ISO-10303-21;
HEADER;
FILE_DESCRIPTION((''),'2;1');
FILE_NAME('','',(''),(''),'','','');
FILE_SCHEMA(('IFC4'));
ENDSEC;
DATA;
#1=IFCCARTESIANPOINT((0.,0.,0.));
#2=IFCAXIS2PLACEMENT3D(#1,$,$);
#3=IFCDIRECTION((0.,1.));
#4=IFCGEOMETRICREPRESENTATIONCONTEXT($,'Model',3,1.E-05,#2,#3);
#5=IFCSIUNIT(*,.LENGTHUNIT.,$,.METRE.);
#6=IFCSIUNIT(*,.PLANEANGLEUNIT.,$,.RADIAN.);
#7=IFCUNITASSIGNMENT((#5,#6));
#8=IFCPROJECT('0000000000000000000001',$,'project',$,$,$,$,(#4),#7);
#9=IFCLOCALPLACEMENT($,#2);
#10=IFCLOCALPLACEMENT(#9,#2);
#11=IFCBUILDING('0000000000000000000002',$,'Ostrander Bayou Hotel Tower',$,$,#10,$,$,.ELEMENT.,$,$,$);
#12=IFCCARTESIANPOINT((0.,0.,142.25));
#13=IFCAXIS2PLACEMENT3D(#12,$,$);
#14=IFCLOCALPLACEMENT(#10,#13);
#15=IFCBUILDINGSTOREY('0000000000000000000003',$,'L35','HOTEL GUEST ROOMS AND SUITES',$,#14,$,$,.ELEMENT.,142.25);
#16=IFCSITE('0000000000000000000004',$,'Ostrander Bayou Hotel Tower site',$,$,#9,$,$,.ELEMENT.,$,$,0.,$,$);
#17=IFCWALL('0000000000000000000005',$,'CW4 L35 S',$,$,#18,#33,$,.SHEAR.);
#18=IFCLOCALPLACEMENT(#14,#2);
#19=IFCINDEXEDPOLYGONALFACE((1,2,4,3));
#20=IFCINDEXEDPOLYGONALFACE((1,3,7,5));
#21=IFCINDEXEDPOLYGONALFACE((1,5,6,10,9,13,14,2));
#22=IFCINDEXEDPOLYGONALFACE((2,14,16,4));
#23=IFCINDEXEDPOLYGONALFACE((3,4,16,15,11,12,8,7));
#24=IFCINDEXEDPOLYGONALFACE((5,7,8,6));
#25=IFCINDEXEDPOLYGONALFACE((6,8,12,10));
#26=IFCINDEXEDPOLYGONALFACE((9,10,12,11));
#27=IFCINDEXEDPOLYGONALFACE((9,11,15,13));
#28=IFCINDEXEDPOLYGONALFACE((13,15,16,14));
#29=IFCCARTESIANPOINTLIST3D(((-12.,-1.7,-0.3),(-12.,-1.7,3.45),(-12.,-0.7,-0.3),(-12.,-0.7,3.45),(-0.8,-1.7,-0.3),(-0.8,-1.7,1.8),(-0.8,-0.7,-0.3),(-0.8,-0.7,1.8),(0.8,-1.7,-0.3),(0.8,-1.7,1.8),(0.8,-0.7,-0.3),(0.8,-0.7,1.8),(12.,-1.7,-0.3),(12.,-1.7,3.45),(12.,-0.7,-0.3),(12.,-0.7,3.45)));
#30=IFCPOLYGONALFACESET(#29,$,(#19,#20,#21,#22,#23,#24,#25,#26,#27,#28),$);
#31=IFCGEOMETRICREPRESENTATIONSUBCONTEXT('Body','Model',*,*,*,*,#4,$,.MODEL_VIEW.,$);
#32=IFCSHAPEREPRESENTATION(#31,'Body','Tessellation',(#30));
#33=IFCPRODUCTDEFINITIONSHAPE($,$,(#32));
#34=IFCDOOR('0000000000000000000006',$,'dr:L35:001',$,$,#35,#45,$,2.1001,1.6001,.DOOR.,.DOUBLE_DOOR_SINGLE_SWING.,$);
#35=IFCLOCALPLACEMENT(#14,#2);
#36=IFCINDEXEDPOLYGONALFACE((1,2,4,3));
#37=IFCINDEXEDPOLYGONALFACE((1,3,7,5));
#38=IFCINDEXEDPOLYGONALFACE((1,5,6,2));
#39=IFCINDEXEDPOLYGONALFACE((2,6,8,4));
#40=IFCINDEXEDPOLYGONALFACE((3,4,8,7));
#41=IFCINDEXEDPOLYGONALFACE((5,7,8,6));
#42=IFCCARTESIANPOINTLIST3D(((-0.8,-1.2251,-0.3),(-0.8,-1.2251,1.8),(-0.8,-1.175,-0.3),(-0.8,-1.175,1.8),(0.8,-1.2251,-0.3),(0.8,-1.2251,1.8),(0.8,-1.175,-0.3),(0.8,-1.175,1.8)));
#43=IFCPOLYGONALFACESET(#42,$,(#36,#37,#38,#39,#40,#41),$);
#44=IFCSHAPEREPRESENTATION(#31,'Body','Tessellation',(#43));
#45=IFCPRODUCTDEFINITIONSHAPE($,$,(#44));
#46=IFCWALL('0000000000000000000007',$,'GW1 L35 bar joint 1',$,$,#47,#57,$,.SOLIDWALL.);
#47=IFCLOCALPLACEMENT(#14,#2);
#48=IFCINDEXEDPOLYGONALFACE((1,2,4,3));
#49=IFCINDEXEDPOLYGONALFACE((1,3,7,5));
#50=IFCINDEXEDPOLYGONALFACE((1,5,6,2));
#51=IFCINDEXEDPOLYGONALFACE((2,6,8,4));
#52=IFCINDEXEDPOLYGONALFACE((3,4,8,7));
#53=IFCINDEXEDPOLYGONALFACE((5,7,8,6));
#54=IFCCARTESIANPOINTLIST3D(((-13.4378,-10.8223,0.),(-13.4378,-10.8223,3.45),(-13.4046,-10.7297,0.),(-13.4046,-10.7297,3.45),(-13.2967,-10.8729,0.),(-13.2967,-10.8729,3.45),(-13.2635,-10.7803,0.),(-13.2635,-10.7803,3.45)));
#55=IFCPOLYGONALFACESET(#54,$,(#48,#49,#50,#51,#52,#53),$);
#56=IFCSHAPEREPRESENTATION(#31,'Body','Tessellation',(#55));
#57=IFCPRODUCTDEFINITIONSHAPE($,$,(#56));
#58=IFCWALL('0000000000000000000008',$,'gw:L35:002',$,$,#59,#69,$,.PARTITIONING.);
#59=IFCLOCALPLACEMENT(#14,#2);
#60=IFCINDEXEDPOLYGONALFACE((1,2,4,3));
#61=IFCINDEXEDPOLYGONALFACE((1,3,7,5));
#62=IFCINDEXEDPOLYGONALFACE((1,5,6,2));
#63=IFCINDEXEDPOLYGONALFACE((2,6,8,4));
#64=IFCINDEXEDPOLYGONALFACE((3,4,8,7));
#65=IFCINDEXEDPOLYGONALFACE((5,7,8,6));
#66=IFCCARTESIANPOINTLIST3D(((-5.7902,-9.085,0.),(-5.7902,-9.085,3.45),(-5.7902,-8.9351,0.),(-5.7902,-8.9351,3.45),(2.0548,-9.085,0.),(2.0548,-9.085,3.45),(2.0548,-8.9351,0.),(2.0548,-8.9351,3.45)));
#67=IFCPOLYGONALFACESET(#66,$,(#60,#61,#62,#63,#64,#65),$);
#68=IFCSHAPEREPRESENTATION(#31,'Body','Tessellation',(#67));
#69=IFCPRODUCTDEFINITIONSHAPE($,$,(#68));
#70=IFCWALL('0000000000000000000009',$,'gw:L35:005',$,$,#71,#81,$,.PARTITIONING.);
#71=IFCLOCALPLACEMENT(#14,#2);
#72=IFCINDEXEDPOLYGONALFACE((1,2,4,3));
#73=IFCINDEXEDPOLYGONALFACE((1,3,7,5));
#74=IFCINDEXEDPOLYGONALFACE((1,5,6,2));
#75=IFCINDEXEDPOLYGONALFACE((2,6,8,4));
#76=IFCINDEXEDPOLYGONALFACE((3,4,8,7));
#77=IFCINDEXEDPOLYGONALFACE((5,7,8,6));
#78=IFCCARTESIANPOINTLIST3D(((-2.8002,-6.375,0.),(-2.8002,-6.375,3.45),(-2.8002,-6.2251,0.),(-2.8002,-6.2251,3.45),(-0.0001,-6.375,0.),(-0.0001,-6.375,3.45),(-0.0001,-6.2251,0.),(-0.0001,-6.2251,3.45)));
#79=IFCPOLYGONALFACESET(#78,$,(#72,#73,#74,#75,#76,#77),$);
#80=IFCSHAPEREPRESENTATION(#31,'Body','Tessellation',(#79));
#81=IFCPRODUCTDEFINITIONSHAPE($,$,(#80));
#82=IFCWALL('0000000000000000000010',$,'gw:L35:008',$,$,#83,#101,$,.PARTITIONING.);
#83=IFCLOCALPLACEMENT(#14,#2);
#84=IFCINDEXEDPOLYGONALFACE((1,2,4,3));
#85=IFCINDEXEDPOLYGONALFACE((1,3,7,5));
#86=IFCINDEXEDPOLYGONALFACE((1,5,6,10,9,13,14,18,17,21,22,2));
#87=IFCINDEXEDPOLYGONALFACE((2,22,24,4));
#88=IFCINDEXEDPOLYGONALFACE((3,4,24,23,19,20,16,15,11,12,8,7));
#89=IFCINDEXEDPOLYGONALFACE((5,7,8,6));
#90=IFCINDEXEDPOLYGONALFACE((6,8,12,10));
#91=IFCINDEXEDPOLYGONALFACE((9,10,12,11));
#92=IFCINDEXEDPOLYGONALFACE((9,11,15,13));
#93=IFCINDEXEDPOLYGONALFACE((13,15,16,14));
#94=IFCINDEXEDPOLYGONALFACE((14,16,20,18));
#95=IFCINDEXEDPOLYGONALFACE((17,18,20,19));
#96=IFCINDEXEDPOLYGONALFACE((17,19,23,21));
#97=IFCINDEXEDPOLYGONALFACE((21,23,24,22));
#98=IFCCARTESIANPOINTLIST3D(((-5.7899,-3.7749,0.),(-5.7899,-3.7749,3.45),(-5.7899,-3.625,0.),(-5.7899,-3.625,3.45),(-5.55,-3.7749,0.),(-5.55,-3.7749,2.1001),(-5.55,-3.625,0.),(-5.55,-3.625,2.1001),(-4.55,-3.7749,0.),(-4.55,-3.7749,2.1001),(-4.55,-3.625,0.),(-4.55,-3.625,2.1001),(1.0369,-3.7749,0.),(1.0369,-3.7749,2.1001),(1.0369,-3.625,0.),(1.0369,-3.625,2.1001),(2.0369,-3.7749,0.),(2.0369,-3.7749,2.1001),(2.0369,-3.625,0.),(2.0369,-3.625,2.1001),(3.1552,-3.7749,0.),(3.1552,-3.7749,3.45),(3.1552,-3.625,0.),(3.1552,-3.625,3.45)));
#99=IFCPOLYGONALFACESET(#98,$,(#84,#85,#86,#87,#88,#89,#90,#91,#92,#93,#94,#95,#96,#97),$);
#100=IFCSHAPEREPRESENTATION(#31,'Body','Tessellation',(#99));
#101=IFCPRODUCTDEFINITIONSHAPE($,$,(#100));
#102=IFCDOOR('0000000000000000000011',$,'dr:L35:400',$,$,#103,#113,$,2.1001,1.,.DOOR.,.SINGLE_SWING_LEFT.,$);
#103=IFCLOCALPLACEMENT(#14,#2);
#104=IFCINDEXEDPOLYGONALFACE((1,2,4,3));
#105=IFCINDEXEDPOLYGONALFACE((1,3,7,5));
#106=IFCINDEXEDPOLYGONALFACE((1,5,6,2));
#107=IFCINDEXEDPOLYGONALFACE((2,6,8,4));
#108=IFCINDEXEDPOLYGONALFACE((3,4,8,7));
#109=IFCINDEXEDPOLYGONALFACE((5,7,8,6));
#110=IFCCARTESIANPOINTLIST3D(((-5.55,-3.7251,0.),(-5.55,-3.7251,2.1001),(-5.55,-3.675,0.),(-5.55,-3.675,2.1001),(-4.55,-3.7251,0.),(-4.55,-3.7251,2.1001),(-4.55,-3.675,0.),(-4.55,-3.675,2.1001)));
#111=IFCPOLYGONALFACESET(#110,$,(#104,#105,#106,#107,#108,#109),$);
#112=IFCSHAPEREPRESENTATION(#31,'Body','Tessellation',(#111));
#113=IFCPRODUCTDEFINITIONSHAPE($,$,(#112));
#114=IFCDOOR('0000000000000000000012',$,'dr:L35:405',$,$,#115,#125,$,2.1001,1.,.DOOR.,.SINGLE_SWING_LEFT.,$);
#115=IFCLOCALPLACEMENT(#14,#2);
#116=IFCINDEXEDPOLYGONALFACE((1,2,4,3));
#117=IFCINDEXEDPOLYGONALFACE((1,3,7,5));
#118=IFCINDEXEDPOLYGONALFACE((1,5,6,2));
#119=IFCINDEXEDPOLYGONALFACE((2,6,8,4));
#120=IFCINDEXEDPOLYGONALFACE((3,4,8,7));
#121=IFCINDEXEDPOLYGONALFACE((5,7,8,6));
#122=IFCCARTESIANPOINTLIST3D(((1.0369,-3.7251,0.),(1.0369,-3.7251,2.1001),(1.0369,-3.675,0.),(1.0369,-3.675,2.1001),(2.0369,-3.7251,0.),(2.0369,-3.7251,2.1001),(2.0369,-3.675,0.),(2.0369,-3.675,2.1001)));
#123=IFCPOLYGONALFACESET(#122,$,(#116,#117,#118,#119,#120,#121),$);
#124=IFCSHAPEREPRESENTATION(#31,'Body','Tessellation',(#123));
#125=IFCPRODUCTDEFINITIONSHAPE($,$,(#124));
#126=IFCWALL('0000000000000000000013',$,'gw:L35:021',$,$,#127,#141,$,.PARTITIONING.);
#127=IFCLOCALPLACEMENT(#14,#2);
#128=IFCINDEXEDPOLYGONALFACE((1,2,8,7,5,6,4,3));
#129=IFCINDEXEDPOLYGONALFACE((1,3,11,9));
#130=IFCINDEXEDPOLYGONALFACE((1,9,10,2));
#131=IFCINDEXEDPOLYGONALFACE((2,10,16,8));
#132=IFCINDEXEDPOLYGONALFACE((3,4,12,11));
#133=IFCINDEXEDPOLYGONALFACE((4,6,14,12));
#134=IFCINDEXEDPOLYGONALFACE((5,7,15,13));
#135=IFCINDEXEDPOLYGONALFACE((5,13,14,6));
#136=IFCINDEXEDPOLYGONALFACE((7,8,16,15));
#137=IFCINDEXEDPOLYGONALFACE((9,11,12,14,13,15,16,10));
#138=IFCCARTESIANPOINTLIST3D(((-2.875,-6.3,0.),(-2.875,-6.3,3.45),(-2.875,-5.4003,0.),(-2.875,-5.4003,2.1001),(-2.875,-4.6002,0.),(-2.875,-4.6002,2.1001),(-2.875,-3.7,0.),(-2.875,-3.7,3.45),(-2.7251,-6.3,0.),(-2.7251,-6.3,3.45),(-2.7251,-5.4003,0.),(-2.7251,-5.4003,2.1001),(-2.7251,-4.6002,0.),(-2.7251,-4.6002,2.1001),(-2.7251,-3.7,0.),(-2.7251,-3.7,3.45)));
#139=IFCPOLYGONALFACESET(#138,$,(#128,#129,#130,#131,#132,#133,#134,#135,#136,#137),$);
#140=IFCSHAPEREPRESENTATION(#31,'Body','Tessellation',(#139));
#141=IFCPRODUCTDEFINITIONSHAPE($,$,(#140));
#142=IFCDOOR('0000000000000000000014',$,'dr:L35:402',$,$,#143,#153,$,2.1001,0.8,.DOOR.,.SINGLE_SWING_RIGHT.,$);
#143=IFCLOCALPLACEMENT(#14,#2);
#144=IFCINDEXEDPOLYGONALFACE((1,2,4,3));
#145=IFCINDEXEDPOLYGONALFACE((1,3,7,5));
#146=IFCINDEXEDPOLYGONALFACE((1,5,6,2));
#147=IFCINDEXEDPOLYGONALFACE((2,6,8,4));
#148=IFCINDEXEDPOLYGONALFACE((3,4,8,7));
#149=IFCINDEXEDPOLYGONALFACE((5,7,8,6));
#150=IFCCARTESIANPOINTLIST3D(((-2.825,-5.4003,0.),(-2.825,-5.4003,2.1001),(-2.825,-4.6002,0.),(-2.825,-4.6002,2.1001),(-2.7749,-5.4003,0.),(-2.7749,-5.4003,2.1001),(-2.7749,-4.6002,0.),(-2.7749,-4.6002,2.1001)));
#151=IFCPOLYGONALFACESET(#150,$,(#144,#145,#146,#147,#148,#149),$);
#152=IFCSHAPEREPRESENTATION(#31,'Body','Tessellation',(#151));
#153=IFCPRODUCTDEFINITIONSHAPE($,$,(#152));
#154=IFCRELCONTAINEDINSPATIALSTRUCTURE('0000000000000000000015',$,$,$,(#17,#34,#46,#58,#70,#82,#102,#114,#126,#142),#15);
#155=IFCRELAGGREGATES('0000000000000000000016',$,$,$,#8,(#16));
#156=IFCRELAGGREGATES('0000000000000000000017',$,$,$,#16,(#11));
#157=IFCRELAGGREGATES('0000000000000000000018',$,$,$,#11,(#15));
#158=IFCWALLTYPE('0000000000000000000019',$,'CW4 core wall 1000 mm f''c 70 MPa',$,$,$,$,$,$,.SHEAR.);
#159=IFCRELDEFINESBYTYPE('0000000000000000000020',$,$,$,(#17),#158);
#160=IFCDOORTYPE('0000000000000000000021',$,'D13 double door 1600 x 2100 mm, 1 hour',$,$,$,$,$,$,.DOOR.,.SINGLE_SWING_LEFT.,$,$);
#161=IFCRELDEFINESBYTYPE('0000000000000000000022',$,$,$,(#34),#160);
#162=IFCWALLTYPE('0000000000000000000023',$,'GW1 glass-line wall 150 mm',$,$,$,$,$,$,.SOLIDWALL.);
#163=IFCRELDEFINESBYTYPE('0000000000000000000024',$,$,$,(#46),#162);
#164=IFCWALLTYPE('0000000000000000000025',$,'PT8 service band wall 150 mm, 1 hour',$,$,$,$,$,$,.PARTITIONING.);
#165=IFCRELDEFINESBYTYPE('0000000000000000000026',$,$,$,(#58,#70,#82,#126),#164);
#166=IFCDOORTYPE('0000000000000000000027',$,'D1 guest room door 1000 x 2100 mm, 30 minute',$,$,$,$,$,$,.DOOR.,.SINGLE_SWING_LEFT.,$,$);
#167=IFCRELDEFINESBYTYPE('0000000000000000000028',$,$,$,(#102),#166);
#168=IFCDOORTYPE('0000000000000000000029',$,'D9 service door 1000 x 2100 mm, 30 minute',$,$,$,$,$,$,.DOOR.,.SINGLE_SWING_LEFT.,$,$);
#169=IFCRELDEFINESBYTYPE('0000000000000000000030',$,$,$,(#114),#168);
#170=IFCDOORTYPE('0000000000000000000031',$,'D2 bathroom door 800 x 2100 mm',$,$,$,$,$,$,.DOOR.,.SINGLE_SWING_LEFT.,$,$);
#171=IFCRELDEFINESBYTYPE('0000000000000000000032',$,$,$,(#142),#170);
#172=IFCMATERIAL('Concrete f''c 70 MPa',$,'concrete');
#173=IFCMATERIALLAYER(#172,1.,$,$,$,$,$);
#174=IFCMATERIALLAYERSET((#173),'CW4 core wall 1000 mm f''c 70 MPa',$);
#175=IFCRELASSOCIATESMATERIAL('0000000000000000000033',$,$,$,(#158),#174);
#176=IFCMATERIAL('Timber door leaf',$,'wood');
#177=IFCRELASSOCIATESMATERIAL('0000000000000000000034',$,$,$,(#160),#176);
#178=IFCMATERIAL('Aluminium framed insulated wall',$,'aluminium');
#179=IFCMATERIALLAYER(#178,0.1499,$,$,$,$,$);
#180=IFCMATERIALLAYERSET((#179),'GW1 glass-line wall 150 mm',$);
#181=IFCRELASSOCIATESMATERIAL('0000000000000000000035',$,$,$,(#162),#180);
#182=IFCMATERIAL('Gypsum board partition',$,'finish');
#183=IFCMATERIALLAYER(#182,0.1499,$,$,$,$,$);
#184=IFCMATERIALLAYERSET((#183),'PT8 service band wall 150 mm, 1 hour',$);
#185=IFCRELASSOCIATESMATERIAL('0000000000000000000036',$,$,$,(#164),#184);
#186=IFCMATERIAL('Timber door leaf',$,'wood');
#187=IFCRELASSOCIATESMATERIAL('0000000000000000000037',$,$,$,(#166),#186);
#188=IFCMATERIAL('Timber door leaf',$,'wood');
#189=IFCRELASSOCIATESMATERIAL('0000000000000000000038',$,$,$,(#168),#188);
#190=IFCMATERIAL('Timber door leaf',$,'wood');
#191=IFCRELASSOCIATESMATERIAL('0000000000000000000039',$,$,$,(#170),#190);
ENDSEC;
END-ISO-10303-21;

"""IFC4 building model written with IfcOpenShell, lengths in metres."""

from ifc_helpers import new_model, si_unit, direction, frame, frame_2d, origin, place, context, subcontext, project, spatial, rectangle, extrude, material, layer, layer_set, type_object, element, fill, save


model = new_model("IFC4")

# Units and contexts
model_context = context("Model", 3, precision=1e-05, world=origin(), true_north=direction((0.0, 1.0)))
body_context = subcontext(model_context, "Body", "Model", "MODEL_VIEW")
ifc_project = project(units=[si_unit("LENGTHUNIT", "METRE"), si_unit("PLANEANGLEUNIT", "RADIAN")], contexts=[model_context])

# Site, building, storey
site_placement = place(None, origin())
site = spatial("IfcSite", under=ifc_project, at=site_placement, Name="Ostrander Bayou Hotel Tower site", CompositionType="ELEMENT", RefElevation=0.0)
building_placement = place(site_placement, origin())
building = spatial("IfcBuilding", under=site, at=building_placement, Name="Ostrander Bayou Hotel Tower", CompositionType="ELEMENT")
storey_placement = place(building_placement, frame((0.0, 0.0, 142.25)))
storey = spatial("IfcBuildingStorey", under=building, at=storey_placement, Name="L35", Description="HOTEL GUEST ROOMS AND SUITES", CompositionType="ELEMENT", Elevation=142.25)

# Wall, opening, door
ifc_material_1 = material(Name="Concrete f'c 70 MPa", Category="concrete")
ifc_layer_1 = layer(ifc_material_1, 1.0)
ifc_layer_set_1 = layer_set([ifc_layer_1], Name="CW4 core wall 1000 mm f'c 70 MPa")
wall_type_1 = type_object("IfcWallType", Name="CW4 core wall 1000 mm f'c 70 MPa", PredefinedType="SHEAR", material=ifc_layer_set_1)
wall_1_placement = place(storey_placement, frame((-12.0, -1.2, -0.3), z_axis=(0.0, 0.0, 1.0), x_axis=(1.0, 0.0, 0.0)))
wall_1 = element("IfcWall", 1, at=wall_1_placement, inside=storey, type_object=wall_type_1, Name="CW4 L35 S", PredefinedType="SHEAR", context=body_context, shape_type="SweptSolid", body=[
    extrude(rectangle(XDim=24.0, YDim=1.0, at=frame_2d((12.0, 0.0))), origin(), (0.0, 0.0, 1.0), 3.75),
])
opening_1_placement = place(wall_1_placement, frame((11.2, 0.0, 0.0)))
opening_1 = element("IfcOpeningElement", 2, at=opening_1_placement, cuts=wall_1, PredefinedType="OPENING", context=body_context, shape_type="SweptSolid", body=[
    extrude(rectangle(XDim=1.6001, YDim=2.1001, at=frame_2d((0.8, 1.05))), frame((0.0, 0.5, 0.0), z_axis=(0.0, -1.0, 0.0), x_axis=(1.0, 0.0, 0.0)), (0.0, 0.0, 1.0), 1.0),
])
ifc_material_2 = material(Name="Timber door leaf", Category="wood")
door_type_1 = type_object("IfcDoorType", Name="D13 double door 1600 x 2100 mm, 1 hour", OperationType="SINGLE_SWING_LEFT", PredefinedType="DOOR", material=ifc_material_2)
door_1_placement = place(opening_1_placement, origin())
door_1 = element("IfcDoor", 3, at=door_1_placement, inside=storey, type_object=door_type_1, Name="dr:L35:001", OperationType="DOUBLE_DOOR_SINGLE_SWING", OverallHeight=2.1001, OverallWidth=1.6001, PredefinedType="DOOR", context=body_context, shape_type="SweptSolid", body=[
    extrude(rectangle(XDim=1.6001, YDim=2.1001, at=frame_2d((0.8, 1.05))), frame((0.0, 0.0249, 0.0), z_axis=(0.0, -1.0, 0.0), x_axis=(1.0, 0.0, 0.0)), (0.0, 0.0, 1.0), 0.05),
])
fill(opening_1, door_1)

# Walls
ifc_material_3 = material(Name="Aluminium framed insulated wall", Category="aluminium")
ifc_layer_2 = layer(ifc_material_3, 0.1499)
ifc_layer_set_2 = layer_set([ifc_layer_2], Name="GW1 glass-line wall 150 mm")
wall_type_2 = type_object("IfcWallType", Name="GW1 glass-line wall 150 mm", PredefinedType="SOLIDWALL", material=ifc_layer_set_2)
wall_2_placement = place(storey_placement, frame((-13.334, -10.7549, 0.0), z_axis=(0.0, 0.0, 1.0), x_axis=(-0.337752, -0.941235, 0.0)))
element("IfcWall", 4, at=wall_2_placement, inside=storey, type_object=wall_type_2, Name="GW1 L35 bar joint 1", PredefinedType="SOLIDWALL", context=body_context, shape_type="SweptSolid", body=[
    extrude(rectangle(XDim=0.0984, YDim=0.1499, at=frame_2d((0.0493, 0.0))), origin(), (0.0, 0.0, 1.0), 3.45),
])
ifc_material_4 = material(Name="Gypsum board partition", Category="finish")
ifc_layer_3 = layer(ifc_material_4, 0.1499)
ifc_layer_set_3 = layer_set([ifc_layer_3], Name="PT8 service band wall 150 mm, 1 hour")
wall_type_3 = type_object("IfcWallType", Name="PT8 service band wall 150 mm, 1 hour", PredefinedType="PARTITIONING", material=ifc_layer_set_3)
wall_3_placement = place(storey_placement, frame((-5.79, -9.01, 0.0), z_axis=(0.0, 0.0, 1.0), x_axis=(1.0, 0.0, 0.0)))
element("IfcWall", 5, at=wall_3_placement, inside=storey, type_object=wall_type_3, Name="gw:L35:002", PredefinedType="PARTITIONING", context=body_context, shape_type="SweptSolid", body=[
    extrude(rectangle(XDim=7.845, YDim=0.1499, at=frame_2d((3.9224, 0.0))), origin(), (0.0, 0.0, 1.0), 3.45),
])
wall_4_placement = place(storey_placement, frame((-2.8, -6.3, 0.0), z_axis=(0.0, 0.0, 1.0), x_axis=(1.0, 0.0, 0.0)))
element("IfcWall", 6, at=wall_4_placement, inside=storey, type_object=wall_type_3, Name="gw:L35:005", PredefinedType="PARTITIONING", context=body_context, shape_type="SweptSolid", body=[
    extrude(rectangle(XDim=2.8, YDim=0.1499, at=frame_2d((1.3999, 0.0))), origin(), (0.0, 0.0, 1.0), 3.45),
])

# Wall, openings, doors
wall_5_placement = place(storey_placement, frame((-5.79, -3.7, 0.0), z_axis=(0.0, 0.0, 1.0), x_axis=(1.0, 0.0, 0.0)))
wall_5 = element("IfcWall", 7, at=wall_5_placement, inside=storey, type_object=wall_type_3, Name="gw:L35:008", PredefinedType="PARTITIONING", context=body_context, shape_type="SweptSolid", body=[
    extrude(rectangle(XDim=8.9451, YDim=0.1499, at=frame_2d((4.4727, 0.0))), origin(), (0.0, 0.0, 1.0), 3.45),
])
opening_2_placement = place(wall_5_placement, frame((0.24, 0.0, 0.0)))
opening_2 = element("IfcOpeningElement", 8, at=opening_2_placement, cuts=wall_5, PredefinedType="OPENING", context=body_context, shape_type="SweptSolid", body=[
    extrude(rectangle(XDim=1.0, YDim=2.1001, at=frame_2d((0.5, 1.05))), frame((0.0, 0.075, 0.0), z_axis=(0.0, -1.0, 0.0), x_axis=(1.0, 0.0, 0.0)), (0.0, 0.0, 1.0), 0.1499),
])
opening_3_placement = place(wall_5_placement, frame((6.8269, 0.0, 0.0)))
opening_3 = element("IfcOpeningElement", 9, at=opening_3_placement, cuts=wall_5, PredefinedType="OPENING", context=body_context, shape_type="SweptSolid", body=[
    extrude(rectangle(XDim=1.0, YDim=2.1001, at=frame_2d((0.5, 1.05))), frame((0.0, 0.075, 0.0), z_axis=(0.0, -1.0, 0.0), x_axis=(1.0, 0.0, 0.0)), (0.0, 0.0, 1.0), 0.1499),
])
ifc_material_5 = material(Name="Timber door leaf", Category="wood")
door_type_2 = type_object("IfcDoorType", Name="D1 guest room door 1000 x 2100 mm, 30 minute", OperationType="SINGLE_SWING_LEFT", PredefinedType="DOOR", material=ifc_material_5)
door_2_placement = place(opening_2_placement, origin())
door_2 = element("IfcDoor", 10, at=door_2_placement, inside=storey, type_object=door_type_2, Name="dr:L35:400", OperationType="SINGLE_SWING_LEFT", OverallHeight=2.1001, OverallWidth=1.0, PredefinedType="DOOR", context=body_context, shape_type="SweptSolid", body=[
    extrude(rectangle(XDim=1.0, YDim=2.1001, at=frame_2d((0.5, 1.05))), frame((0.0, 0.0249, 0.0), z_axis=(0.0, -1.0, 0.0), x_axis=(1.0, 0.0, 0.0)), (0.0, 0.0, 1.0), 0.05),
])
fill(opening_2, door_2)
ifc_material_6 = material(Name="Timber door leaf", Category="wood")
door_type_3 = type_object("IfcDoorType", Name="D9 service door 1000 x 2100 mm, 30 minute", OperationType="SINGLE_SWING_LEFT", PredefinedType="DOOR", material=ifc_material_6)
door_3_placement = place(opening_3_placement, origin())
door_3 = element("IfcDoor", 11, at=door_3_placement, inside=storey, type_object=door_type_3, Name="dr:L35:405", OperationType="SINGLE_SWING_LEFT", OverallHeight=2.1001, OverallWidth=1.0, PredefinedType="DOOR", context=body_context, shape_type="SweptSolid", body=[
    extrude(rectangle(XDim=1.0, YDim=2.1001, at=frame_2d((0.5, 1.05))), frame((0.0, 0.0249, 0.0), z_axis=(0.0, -1.0, 0.0), x_axis=(1.0, 0.0, 0.0)), (0.0, 0.0, 1.0), 0.05),
])
fill(opening_3, door_3)

# Wall, opening, door
wall_6_placement = place(storey_placement, frame((-2.8, -6.3, 0.0), z_axis=(0.0, 0.0, 1.0), x_axis=(0.0, 1.0, 0.0)))
wall_6 = element("IfcWall", 12, at=wall_6_placement, inside=storey, type_object=wall_type_3, Name="gw:L35:021", PredefinedType="PARTITIONING", context=body_context, shape_type="SweptSolid", body=[
    extrude(rectangle(XDim=2.6001, YDim=0.1499, at=frame_2d((1.3, 0.0))), origin(), (0.0, 0.0, 1.0), 3.45),
])
opening_4_placement = place(wall_6_placement, frame((0.8999, 0.0, 0.0)))
opening_4 = element("IfcOpeningElement", 13, at=opening_4_placement, cuts=wall_6, PredefinedType="OPENING", context=body_context, shape_type="SweptSolid", body=[
    extrude(rectangle(XDim=0.8, YDim=2.1001, at=frame_2d((0.3999, 1.05))), frame((0.0, 0.075, 0.0), z_axis=(0.0, -1.0, 0.0), x_axis=(1.0, 0.0, 0.0)), (0.0, 0.0, 1.0), 0.1499),
])
ifc_material_7 = material(Name="Timber door leaf", Category="wood")
door_type_4 = type_object("IfcDoorType", Name="D2 bathroom door 800 x 2100 mm", OperationType="SINGLE_SWING_LEFT", PredefinedType="DOOR", material=ifc_material_7)
door_4_placement = place(opening_4_placement, origin())
door_4 = element("IfcDoor", 14, at=door_4_placement, inside=storey, type_object=door_type_4, Name="dr:L35:402", OperationType="SINGLE_SWING_RIGHT", OverallHeight=2.1001, OverallWidth=0.8, PredefinedType="DOOR", context=body_context, shape_type="SweptSolid", body=[
    extrude(rectangle(XDim=0.8, YDim=2.1001, at=frame_2d((0.3999, 1.05))), frame((0.0, 0.0249, 0.0), z_axis=(0.0, -1.0, 0.0), x_axis=(1.0, 0.0, 0.0)), (0.0, 0.0, 1.0), 0.05),
])
fill(opening_4, door_4)

save(model, "model.ifc")
